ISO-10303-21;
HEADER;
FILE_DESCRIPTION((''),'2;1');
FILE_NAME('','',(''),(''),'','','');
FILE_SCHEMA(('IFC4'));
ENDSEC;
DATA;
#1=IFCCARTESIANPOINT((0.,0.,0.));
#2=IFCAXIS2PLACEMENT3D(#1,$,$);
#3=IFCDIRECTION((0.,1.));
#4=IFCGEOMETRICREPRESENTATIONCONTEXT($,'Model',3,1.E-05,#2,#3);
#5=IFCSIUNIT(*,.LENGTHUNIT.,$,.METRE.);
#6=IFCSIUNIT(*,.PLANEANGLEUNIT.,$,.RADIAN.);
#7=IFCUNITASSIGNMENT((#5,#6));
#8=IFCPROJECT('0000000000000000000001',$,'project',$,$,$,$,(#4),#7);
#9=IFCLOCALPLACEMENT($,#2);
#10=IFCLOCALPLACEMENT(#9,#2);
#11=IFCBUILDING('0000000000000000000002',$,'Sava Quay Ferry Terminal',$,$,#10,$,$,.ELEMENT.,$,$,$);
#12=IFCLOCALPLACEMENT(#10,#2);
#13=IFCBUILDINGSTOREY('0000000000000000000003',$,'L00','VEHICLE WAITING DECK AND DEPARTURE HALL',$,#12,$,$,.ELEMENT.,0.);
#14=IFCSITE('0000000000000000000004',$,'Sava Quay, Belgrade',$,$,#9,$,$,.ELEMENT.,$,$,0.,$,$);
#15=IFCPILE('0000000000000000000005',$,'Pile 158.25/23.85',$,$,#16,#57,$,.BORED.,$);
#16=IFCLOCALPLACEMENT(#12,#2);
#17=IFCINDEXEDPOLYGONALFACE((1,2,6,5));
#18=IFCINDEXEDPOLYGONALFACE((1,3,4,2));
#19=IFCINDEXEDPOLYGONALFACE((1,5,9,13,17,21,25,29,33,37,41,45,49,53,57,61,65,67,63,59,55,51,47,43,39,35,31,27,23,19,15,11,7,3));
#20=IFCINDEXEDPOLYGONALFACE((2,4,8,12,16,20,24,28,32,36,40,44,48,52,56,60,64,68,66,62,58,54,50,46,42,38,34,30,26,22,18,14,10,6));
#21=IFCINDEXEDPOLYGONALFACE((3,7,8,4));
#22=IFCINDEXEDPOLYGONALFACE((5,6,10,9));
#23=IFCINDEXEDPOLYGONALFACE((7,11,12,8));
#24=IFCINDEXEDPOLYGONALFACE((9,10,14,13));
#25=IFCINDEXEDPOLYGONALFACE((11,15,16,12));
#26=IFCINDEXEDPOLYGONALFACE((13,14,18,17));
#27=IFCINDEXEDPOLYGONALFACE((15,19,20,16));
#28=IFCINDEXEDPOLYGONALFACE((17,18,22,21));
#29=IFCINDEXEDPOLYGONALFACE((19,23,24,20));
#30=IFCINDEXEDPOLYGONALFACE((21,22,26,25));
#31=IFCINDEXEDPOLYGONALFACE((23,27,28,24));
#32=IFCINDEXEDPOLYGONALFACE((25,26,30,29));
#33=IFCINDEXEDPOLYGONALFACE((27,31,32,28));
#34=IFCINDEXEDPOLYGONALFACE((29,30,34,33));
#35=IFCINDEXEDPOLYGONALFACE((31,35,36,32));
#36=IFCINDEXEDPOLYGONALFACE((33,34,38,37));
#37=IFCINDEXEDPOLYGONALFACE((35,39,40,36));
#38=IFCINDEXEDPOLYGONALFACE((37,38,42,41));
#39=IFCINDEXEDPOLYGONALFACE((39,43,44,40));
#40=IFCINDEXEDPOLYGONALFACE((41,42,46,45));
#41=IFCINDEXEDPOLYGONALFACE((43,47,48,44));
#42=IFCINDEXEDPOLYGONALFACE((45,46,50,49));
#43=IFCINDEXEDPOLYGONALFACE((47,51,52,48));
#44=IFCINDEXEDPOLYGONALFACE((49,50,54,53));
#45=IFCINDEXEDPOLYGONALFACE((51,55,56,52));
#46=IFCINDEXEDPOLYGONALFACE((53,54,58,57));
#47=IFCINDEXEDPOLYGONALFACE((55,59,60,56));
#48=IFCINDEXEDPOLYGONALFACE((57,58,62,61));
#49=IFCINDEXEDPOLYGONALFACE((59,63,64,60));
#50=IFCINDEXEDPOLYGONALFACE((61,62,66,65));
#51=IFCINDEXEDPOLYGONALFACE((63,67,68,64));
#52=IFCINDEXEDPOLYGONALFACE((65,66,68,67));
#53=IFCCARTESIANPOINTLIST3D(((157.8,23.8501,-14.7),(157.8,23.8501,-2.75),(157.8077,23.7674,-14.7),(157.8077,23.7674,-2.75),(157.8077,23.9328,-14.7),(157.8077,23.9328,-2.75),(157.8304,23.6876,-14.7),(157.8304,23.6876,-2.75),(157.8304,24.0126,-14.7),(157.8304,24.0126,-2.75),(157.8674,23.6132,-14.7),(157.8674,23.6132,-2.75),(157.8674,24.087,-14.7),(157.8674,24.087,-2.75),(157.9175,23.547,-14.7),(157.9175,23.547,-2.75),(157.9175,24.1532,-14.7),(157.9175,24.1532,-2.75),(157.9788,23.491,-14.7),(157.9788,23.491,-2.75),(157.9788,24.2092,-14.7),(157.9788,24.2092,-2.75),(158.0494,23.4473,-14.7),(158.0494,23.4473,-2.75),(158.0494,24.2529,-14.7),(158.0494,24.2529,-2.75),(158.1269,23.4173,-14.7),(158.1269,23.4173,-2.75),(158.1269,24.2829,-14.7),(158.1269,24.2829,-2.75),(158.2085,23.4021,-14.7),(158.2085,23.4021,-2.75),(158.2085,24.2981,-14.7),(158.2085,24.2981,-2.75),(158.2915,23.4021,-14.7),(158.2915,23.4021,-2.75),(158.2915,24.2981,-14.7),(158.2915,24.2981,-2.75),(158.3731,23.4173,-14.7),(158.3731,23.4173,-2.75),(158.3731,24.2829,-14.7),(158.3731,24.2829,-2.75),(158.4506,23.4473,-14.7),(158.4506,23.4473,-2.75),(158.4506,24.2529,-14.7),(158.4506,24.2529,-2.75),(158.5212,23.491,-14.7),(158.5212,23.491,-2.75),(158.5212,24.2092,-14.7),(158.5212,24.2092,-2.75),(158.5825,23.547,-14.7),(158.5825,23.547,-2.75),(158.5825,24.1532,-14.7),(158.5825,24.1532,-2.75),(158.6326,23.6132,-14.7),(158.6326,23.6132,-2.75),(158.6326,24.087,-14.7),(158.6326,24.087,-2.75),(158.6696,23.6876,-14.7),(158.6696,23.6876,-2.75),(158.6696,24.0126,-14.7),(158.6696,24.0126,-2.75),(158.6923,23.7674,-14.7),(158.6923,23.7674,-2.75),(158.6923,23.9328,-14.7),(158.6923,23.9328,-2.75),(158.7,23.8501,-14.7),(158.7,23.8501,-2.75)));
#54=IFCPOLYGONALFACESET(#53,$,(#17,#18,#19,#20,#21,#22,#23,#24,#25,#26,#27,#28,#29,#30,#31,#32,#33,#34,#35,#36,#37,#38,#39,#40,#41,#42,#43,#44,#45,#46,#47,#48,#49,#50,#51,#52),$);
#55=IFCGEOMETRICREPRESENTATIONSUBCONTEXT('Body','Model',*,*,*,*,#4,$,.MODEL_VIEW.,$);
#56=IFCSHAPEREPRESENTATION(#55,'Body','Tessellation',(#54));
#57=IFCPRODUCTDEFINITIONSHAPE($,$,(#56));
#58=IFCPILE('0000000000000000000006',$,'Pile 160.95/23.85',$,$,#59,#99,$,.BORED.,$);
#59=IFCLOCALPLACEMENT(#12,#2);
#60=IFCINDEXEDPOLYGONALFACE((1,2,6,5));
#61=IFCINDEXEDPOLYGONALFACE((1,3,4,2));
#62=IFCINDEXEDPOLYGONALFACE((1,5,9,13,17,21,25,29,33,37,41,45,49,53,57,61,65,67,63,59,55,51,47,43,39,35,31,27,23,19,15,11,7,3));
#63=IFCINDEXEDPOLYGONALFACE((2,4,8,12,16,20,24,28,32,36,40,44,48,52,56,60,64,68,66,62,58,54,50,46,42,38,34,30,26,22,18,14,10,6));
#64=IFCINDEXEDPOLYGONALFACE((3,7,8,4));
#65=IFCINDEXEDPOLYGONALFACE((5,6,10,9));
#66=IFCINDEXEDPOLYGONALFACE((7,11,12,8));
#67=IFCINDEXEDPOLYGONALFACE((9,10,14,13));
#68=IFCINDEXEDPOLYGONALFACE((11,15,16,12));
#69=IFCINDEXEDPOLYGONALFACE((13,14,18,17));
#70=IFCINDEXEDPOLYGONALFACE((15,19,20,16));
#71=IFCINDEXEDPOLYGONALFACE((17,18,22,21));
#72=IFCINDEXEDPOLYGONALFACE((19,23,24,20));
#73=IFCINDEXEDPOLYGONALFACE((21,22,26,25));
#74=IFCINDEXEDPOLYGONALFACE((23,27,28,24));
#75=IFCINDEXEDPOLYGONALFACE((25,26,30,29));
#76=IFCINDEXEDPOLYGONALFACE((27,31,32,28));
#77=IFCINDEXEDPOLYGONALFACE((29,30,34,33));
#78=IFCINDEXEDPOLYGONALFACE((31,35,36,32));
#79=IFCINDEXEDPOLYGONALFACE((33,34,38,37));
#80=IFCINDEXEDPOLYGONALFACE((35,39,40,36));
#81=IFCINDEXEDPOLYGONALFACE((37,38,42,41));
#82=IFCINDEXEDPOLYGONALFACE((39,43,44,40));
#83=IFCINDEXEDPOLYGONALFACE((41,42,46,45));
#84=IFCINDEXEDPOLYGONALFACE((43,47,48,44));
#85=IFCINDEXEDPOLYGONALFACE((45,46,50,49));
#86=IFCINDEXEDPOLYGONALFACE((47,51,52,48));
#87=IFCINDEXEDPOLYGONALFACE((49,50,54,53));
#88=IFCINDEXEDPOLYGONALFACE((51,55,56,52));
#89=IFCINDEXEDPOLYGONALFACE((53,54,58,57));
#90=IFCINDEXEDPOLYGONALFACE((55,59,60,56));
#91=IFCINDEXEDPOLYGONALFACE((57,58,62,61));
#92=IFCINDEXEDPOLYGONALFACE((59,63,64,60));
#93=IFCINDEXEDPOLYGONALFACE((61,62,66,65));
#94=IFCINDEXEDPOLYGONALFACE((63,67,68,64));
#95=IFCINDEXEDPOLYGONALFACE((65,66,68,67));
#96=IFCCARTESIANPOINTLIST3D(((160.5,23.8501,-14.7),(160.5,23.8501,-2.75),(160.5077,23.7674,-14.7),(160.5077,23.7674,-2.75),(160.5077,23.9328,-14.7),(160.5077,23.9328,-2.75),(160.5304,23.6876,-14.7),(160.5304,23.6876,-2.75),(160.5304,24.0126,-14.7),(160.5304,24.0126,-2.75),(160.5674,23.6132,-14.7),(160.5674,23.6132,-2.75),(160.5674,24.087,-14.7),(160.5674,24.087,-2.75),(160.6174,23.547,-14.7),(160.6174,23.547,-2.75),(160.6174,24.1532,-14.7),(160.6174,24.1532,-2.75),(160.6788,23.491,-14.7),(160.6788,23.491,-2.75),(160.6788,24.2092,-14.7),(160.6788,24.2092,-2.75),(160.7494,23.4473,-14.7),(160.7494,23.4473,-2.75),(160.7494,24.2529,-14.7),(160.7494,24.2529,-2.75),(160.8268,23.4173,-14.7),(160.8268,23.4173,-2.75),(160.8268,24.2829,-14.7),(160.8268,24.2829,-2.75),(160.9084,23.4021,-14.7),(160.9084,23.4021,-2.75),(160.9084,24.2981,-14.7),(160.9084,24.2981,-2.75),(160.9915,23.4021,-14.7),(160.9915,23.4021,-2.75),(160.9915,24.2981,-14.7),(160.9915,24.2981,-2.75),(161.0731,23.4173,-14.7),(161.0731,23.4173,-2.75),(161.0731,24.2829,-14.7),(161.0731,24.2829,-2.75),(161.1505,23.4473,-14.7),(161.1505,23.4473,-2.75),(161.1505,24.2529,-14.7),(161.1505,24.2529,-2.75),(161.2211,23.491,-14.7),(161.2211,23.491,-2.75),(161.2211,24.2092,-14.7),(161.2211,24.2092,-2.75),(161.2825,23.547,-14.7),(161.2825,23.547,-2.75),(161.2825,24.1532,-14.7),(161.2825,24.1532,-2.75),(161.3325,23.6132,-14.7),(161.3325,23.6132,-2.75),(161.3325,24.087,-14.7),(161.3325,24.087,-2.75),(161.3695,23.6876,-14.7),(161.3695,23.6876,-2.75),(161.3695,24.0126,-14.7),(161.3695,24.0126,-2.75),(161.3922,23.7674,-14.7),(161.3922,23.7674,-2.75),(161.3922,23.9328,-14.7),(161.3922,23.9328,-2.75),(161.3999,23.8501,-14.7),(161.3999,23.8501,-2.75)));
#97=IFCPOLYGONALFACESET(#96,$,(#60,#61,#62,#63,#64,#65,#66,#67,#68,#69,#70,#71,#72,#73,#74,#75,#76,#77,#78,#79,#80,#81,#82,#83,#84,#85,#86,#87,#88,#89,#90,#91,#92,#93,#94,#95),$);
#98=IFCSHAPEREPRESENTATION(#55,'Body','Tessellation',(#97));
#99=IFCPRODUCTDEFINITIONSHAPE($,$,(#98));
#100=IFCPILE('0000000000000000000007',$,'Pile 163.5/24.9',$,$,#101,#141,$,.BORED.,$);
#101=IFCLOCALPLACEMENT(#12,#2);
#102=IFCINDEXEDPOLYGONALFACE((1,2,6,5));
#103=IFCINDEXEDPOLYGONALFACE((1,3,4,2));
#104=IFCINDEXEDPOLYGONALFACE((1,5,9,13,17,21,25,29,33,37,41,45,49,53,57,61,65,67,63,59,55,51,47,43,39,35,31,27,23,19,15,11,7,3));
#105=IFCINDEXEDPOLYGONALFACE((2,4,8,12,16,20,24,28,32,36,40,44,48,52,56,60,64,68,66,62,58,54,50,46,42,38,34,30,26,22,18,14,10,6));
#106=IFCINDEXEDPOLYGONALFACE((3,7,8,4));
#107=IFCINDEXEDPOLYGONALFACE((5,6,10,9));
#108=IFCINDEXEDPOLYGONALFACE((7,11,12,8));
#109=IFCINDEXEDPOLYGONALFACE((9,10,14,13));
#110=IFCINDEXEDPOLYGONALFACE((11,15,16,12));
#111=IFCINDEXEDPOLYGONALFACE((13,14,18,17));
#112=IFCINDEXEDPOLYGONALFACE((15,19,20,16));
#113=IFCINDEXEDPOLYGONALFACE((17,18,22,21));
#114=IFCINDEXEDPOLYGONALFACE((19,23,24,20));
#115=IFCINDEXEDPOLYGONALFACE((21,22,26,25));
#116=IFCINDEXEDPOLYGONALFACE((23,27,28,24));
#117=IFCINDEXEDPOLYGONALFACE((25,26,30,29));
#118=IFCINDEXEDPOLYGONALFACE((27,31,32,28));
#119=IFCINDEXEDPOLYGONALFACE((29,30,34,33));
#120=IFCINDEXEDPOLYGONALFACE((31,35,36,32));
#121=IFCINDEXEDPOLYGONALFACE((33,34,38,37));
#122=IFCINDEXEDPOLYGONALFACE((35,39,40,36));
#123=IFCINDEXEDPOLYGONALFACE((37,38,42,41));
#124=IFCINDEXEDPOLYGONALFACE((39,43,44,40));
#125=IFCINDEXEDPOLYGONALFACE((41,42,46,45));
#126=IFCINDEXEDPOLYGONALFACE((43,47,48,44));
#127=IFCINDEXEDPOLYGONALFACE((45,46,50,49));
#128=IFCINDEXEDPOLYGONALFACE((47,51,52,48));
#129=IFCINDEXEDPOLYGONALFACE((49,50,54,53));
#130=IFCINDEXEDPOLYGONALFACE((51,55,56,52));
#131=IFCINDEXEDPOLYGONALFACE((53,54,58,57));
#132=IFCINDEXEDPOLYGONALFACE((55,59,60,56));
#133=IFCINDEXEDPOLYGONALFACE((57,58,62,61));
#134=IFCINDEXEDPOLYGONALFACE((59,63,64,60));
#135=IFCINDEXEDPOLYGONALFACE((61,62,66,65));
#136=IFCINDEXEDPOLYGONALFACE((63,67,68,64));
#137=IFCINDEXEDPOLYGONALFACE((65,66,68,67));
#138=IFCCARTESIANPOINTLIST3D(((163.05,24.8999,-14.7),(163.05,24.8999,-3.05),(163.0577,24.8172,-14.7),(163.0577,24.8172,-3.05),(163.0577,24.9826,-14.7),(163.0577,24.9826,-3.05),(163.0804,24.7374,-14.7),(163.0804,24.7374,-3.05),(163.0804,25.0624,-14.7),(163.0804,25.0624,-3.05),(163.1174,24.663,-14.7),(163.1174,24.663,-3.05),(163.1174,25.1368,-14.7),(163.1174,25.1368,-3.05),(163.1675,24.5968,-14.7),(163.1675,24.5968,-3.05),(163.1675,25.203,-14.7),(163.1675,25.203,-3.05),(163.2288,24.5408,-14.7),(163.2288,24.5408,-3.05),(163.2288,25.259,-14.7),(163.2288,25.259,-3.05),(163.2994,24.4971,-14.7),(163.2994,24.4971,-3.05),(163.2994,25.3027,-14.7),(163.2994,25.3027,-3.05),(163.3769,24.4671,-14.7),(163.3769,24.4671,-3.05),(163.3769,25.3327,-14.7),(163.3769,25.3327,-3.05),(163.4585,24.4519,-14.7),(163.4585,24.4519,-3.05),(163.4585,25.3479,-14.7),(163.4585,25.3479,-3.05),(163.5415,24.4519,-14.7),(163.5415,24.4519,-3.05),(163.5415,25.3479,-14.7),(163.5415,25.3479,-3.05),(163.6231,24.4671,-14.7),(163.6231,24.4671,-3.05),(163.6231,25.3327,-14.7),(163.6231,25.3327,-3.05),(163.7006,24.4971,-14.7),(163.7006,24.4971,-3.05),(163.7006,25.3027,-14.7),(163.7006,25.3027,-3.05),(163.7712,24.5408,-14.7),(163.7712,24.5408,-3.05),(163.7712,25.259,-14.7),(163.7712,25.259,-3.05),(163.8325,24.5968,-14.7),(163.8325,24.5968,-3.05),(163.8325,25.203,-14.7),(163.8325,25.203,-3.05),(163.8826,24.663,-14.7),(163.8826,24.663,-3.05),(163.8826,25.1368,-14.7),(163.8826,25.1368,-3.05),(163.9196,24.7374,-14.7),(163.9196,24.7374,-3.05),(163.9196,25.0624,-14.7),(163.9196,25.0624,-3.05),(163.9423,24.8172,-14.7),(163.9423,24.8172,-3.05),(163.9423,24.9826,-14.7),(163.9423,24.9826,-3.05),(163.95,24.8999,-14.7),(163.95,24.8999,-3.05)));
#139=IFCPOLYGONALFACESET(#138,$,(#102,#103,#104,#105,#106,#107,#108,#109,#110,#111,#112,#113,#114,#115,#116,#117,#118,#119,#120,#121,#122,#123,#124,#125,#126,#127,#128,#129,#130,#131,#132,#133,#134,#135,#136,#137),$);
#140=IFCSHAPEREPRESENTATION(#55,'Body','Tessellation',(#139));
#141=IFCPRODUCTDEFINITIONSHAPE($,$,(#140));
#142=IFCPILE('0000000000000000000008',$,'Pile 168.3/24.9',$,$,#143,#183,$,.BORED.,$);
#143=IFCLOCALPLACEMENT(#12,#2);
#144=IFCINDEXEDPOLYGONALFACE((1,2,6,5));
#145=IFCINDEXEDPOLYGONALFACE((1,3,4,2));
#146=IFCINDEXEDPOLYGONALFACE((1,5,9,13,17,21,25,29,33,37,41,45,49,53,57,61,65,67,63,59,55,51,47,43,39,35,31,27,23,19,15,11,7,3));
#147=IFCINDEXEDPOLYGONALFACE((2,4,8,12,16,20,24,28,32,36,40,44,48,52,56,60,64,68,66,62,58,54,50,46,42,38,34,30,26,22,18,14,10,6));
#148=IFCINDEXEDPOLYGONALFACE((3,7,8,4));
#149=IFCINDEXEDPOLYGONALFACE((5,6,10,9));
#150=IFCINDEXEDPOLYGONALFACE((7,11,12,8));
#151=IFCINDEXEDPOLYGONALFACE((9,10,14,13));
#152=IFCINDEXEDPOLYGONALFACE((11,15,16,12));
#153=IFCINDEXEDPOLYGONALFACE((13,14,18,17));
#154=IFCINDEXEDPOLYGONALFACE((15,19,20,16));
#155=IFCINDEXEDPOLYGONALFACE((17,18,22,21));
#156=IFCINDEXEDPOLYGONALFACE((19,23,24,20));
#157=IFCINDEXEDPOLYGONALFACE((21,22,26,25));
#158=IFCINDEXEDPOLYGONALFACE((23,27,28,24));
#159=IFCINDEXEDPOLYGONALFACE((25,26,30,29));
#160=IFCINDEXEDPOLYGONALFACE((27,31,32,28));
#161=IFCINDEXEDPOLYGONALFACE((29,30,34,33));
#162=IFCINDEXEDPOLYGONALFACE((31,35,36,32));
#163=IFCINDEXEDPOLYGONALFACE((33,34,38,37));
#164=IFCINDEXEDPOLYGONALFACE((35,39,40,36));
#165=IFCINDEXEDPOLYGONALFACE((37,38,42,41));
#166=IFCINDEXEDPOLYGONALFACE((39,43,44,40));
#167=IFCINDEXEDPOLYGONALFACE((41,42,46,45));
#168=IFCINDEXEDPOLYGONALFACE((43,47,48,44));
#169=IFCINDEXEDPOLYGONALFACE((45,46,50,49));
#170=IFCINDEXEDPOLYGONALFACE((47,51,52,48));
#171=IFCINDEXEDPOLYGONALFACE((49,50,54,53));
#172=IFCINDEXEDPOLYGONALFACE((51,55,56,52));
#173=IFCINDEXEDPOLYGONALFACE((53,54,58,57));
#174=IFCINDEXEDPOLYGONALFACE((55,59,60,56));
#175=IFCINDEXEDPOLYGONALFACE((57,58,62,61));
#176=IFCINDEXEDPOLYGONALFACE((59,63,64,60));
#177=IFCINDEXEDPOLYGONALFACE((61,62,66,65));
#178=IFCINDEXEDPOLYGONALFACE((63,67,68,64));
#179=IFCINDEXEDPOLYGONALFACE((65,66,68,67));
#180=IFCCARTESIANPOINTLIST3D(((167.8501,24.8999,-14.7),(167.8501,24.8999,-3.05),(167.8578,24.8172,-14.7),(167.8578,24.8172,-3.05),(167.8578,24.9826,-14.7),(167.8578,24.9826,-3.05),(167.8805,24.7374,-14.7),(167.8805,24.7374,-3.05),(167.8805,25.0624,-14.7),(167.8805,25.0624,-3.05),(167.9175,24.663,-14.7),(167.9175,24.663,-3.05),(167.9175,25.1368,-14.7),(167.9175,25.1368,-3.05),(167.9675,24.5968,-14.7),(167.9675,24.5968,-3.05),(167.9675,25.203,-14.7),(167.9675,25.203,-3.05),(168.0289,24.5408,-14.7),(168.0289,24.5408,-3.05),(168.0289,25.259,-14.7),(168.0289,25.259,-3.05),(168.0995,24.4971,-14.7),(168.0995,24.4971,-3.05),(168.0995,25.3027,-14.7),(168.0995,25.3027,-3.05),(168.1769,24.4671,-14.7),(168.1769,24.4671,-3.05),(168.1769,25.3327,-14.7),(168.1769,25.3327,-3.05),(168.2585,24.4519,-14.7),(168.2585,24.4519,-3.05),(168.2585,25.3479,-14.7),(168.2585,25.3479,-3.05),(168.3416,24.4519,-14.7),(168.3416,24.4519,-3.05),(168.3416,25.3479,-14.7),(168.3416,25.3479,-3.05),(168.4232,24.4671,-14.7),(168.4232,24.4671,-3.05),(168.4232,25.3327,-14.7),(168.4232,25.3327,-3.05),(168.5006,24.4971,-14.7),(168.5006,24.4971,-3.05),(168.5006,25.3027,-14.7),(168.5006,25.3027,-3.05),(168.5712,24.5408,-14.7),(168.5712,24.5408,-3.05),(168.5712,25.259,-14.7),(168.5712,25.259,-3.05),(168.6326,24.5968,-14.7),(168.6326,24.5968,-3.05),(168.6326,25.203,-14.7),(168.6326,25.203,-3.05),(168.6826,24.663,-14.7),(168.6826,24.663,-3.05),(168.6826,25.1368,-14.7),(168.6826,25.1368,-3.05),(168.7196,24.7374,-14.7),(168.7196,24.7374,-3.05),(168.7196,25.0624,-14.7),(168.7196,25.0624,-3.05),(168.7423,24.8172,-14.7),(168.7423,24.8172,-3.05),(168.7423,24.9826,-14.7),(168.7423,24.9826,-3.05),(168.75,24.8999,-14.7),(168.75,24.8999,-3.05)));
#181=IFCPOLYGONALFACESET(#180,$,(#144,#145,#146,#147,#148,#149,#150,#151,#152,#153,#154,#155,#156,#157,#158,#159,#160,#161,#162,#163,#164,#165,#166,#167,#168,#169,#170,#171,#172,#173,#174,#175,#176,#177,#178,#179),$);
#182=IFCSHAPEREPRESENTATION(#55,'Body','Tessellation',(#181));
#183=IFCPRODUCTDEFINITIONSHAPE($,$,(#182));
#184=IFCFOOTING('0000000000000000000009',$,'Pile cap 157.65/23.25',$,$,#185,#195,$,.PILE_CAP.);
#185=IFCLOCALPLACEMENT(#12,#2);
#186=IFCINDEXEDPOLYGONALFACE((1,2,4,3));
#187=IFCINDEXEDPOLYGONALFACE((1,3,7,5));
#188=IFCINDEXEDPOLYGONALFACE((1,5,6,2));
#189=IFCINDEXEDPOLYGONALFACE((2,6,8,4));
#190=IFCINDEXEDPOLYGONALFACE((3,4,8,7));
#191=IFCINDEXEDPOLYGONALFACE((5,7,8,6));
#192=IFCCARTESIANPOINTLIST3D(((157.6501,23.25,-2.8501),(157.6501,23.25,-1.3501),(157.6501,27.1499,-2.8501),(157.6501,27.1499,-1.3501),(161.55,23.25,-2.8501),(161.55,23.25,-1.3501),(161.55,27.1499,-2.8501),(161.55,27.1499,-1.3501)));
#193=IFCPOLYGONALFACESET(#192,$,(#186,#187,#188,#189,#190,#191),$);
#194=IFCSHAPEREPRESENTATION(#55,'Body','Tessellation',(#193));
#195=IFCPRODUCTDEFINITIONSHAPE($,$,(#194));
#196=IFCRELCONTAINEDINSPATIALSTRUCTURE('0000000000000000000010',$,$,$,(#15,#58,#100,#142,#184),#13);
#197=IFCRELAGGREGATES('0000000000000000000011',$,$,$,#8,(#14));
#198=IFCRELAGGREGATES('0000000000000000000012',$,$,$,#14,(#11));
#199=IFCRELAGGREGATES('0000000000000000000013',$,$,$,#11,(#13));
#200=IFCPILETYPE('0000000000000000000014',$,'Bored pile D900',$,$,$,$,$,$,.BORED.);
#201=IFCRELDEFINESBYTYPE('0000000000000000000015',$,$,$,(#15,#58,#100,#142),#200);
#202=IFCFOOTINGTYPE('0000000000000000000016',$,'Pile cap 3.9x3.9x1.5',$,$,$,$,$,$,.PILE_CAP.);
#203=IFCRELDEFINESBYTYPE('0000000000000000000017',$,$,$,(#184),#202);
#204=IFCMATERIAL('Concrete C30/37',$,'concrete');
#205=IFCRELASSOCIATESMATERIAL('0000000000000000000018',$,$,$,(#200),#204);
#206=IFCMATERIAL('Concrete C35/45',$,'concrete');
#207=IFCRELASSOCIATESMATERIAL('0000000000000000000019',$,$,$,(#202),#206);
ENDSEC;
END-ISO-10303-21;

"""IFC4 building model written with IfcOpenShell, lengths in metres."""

from ifc_helpers import new_model, si_unit, direction, frame, origin, origin_2d, place, context, subcontext, project, spatial, rectangle, circle, extrude, material, material_profile, profile_set, type_object, element, save


model = new_model("IFC4")

# Units and contexts
model_context = context("Model", 3, precision=1e-05, world=origin(), true_north=direction((0.0, 1.0)))
body_context = subcontext(model_context, "Body", "Model", "MODEL_VIEW")
ifc_project = project(units=[si_unit("LENGTHUNIT", "METRE"), si_unit("PLANEANGLEUNIT", "RADIAN")], contexts=[model_context])

# Site, building, storey
site_placement = place(None, origin())
site = spatial("IfcSite", under=ifc_project, at=site_placement, Name="Sava Quay, Belgrade", CompositionType="ELEMENT", RefElevation=0.0)
building_placement = place(site_placement, origin())
building = spatial("IfcBuilding", under=site, at=building_placement, Name="Sava Quay Ferry Terminal", CompositionType="ELEMENT")
storey_placement = place(building_placement, origin())
storey = spatial("IfcBuildingStorey", under=building, at=storey_placement, Name="L00", Description="VEHICLE WAITING DECK AND DEPARTURE HALL", CompositionType="ELEMENT", Elevation=0.0)

# Piles
ifc_material_1 = material(Name="Concrete C30/37", Category="concrete")
ifc_material_profile_1 = material_profile(ifc_material_1, circle(Radius=0.45, at=origin_2d()), Name="Bored pile D900")
ifc_profile_set_1 = profile_set([ifc_material_profile_1], Name="Concrete C30/37")
pile_type = type_object("IfcPileType", Name="Bored pile D900", PredefinedType="BORED", material=ifc_profile_set_1)
for number, where, z_axis, x_axis, name in (
    (1, (158.25, 23.8501, -2.75), (0.0, 0.0, -1.0), (1.0, 0.0, 0.0), "Pile 158.25/23.85"),
    (2, (160.95, 23.8501, -2.75), (0.0, 0.0, -1.0), (1.0, 0.0, 0.0), "Pile 160.95/23.85"),
):
    element("IfcPile", number, at=place(storey_placement, frame(where, z_axis=z_axis, x_axis=x_axis)), inside=storey, type_object=pile_type, Name=name, PredefinedType="BORED", context=body_context, shape_type="SweptSolid", body=[
        extrude(circle(Radius=0.45, at=origin_2d()), origin(), (0.0, 0.0, 1.0), 11.95),
    ])
for number, where, z_axis, x_axis, name in (
    (3, (163.5, 24.8999, -3.05), (0.0, 0.0, -1.0), (1.0, 0.0, 0.0), "Pile 163.5/24.9"),
    (4, (168.3, 24.8999, -3.05), (0.0, 0.0, -1.0), (1.0, 0.0, 0.0), "Pile 168.3/24.9"),
):
    element("IfcPile", number, at=place(storey_placement, frame(where, z_axis=z_axis, x_axis=x_axis)), inside=storey, type_object=pile_type, Name=name, PredefinedType="BORED", context=body_context, shape_type="SweptSolid", body=[
        extrude(circle(Radius=0.45, at=origin_2d()), origin(), (0.0, 0.0, 1.0), 11.6499),
    ])

# Footing
ifc_material_2 = material(Name="Concrete C35/45", Category="concrete")
footing_type = type_object("IfcFootingType", Name="Pile cap 3.9x3.9x1.5", PredefinedType="PILE_CAP", material=ifc_material_2)
footing_placement = place(storey_placement, frame((159.6001, 25.2, -2.8501), z_axis=(0.0, 0.0, 1.0), x_axis=(1.0, 0.0, 0.0)))
element("IfcFooting", 5, at=footing_placement, inside=storey, type_object=footing_type, Name="Pile cap 157.65/23.25", PredefinedType="PILE_CAP", context=body_context, shape_type="SweptSolid", body=[
    extrude(rectangle(XDim=3.8999, YDim=3.8999, at=origin_2d()), origin(), (0.0, 0.0, 1.0), 1.5),
])

save(model, "model.ifc")
